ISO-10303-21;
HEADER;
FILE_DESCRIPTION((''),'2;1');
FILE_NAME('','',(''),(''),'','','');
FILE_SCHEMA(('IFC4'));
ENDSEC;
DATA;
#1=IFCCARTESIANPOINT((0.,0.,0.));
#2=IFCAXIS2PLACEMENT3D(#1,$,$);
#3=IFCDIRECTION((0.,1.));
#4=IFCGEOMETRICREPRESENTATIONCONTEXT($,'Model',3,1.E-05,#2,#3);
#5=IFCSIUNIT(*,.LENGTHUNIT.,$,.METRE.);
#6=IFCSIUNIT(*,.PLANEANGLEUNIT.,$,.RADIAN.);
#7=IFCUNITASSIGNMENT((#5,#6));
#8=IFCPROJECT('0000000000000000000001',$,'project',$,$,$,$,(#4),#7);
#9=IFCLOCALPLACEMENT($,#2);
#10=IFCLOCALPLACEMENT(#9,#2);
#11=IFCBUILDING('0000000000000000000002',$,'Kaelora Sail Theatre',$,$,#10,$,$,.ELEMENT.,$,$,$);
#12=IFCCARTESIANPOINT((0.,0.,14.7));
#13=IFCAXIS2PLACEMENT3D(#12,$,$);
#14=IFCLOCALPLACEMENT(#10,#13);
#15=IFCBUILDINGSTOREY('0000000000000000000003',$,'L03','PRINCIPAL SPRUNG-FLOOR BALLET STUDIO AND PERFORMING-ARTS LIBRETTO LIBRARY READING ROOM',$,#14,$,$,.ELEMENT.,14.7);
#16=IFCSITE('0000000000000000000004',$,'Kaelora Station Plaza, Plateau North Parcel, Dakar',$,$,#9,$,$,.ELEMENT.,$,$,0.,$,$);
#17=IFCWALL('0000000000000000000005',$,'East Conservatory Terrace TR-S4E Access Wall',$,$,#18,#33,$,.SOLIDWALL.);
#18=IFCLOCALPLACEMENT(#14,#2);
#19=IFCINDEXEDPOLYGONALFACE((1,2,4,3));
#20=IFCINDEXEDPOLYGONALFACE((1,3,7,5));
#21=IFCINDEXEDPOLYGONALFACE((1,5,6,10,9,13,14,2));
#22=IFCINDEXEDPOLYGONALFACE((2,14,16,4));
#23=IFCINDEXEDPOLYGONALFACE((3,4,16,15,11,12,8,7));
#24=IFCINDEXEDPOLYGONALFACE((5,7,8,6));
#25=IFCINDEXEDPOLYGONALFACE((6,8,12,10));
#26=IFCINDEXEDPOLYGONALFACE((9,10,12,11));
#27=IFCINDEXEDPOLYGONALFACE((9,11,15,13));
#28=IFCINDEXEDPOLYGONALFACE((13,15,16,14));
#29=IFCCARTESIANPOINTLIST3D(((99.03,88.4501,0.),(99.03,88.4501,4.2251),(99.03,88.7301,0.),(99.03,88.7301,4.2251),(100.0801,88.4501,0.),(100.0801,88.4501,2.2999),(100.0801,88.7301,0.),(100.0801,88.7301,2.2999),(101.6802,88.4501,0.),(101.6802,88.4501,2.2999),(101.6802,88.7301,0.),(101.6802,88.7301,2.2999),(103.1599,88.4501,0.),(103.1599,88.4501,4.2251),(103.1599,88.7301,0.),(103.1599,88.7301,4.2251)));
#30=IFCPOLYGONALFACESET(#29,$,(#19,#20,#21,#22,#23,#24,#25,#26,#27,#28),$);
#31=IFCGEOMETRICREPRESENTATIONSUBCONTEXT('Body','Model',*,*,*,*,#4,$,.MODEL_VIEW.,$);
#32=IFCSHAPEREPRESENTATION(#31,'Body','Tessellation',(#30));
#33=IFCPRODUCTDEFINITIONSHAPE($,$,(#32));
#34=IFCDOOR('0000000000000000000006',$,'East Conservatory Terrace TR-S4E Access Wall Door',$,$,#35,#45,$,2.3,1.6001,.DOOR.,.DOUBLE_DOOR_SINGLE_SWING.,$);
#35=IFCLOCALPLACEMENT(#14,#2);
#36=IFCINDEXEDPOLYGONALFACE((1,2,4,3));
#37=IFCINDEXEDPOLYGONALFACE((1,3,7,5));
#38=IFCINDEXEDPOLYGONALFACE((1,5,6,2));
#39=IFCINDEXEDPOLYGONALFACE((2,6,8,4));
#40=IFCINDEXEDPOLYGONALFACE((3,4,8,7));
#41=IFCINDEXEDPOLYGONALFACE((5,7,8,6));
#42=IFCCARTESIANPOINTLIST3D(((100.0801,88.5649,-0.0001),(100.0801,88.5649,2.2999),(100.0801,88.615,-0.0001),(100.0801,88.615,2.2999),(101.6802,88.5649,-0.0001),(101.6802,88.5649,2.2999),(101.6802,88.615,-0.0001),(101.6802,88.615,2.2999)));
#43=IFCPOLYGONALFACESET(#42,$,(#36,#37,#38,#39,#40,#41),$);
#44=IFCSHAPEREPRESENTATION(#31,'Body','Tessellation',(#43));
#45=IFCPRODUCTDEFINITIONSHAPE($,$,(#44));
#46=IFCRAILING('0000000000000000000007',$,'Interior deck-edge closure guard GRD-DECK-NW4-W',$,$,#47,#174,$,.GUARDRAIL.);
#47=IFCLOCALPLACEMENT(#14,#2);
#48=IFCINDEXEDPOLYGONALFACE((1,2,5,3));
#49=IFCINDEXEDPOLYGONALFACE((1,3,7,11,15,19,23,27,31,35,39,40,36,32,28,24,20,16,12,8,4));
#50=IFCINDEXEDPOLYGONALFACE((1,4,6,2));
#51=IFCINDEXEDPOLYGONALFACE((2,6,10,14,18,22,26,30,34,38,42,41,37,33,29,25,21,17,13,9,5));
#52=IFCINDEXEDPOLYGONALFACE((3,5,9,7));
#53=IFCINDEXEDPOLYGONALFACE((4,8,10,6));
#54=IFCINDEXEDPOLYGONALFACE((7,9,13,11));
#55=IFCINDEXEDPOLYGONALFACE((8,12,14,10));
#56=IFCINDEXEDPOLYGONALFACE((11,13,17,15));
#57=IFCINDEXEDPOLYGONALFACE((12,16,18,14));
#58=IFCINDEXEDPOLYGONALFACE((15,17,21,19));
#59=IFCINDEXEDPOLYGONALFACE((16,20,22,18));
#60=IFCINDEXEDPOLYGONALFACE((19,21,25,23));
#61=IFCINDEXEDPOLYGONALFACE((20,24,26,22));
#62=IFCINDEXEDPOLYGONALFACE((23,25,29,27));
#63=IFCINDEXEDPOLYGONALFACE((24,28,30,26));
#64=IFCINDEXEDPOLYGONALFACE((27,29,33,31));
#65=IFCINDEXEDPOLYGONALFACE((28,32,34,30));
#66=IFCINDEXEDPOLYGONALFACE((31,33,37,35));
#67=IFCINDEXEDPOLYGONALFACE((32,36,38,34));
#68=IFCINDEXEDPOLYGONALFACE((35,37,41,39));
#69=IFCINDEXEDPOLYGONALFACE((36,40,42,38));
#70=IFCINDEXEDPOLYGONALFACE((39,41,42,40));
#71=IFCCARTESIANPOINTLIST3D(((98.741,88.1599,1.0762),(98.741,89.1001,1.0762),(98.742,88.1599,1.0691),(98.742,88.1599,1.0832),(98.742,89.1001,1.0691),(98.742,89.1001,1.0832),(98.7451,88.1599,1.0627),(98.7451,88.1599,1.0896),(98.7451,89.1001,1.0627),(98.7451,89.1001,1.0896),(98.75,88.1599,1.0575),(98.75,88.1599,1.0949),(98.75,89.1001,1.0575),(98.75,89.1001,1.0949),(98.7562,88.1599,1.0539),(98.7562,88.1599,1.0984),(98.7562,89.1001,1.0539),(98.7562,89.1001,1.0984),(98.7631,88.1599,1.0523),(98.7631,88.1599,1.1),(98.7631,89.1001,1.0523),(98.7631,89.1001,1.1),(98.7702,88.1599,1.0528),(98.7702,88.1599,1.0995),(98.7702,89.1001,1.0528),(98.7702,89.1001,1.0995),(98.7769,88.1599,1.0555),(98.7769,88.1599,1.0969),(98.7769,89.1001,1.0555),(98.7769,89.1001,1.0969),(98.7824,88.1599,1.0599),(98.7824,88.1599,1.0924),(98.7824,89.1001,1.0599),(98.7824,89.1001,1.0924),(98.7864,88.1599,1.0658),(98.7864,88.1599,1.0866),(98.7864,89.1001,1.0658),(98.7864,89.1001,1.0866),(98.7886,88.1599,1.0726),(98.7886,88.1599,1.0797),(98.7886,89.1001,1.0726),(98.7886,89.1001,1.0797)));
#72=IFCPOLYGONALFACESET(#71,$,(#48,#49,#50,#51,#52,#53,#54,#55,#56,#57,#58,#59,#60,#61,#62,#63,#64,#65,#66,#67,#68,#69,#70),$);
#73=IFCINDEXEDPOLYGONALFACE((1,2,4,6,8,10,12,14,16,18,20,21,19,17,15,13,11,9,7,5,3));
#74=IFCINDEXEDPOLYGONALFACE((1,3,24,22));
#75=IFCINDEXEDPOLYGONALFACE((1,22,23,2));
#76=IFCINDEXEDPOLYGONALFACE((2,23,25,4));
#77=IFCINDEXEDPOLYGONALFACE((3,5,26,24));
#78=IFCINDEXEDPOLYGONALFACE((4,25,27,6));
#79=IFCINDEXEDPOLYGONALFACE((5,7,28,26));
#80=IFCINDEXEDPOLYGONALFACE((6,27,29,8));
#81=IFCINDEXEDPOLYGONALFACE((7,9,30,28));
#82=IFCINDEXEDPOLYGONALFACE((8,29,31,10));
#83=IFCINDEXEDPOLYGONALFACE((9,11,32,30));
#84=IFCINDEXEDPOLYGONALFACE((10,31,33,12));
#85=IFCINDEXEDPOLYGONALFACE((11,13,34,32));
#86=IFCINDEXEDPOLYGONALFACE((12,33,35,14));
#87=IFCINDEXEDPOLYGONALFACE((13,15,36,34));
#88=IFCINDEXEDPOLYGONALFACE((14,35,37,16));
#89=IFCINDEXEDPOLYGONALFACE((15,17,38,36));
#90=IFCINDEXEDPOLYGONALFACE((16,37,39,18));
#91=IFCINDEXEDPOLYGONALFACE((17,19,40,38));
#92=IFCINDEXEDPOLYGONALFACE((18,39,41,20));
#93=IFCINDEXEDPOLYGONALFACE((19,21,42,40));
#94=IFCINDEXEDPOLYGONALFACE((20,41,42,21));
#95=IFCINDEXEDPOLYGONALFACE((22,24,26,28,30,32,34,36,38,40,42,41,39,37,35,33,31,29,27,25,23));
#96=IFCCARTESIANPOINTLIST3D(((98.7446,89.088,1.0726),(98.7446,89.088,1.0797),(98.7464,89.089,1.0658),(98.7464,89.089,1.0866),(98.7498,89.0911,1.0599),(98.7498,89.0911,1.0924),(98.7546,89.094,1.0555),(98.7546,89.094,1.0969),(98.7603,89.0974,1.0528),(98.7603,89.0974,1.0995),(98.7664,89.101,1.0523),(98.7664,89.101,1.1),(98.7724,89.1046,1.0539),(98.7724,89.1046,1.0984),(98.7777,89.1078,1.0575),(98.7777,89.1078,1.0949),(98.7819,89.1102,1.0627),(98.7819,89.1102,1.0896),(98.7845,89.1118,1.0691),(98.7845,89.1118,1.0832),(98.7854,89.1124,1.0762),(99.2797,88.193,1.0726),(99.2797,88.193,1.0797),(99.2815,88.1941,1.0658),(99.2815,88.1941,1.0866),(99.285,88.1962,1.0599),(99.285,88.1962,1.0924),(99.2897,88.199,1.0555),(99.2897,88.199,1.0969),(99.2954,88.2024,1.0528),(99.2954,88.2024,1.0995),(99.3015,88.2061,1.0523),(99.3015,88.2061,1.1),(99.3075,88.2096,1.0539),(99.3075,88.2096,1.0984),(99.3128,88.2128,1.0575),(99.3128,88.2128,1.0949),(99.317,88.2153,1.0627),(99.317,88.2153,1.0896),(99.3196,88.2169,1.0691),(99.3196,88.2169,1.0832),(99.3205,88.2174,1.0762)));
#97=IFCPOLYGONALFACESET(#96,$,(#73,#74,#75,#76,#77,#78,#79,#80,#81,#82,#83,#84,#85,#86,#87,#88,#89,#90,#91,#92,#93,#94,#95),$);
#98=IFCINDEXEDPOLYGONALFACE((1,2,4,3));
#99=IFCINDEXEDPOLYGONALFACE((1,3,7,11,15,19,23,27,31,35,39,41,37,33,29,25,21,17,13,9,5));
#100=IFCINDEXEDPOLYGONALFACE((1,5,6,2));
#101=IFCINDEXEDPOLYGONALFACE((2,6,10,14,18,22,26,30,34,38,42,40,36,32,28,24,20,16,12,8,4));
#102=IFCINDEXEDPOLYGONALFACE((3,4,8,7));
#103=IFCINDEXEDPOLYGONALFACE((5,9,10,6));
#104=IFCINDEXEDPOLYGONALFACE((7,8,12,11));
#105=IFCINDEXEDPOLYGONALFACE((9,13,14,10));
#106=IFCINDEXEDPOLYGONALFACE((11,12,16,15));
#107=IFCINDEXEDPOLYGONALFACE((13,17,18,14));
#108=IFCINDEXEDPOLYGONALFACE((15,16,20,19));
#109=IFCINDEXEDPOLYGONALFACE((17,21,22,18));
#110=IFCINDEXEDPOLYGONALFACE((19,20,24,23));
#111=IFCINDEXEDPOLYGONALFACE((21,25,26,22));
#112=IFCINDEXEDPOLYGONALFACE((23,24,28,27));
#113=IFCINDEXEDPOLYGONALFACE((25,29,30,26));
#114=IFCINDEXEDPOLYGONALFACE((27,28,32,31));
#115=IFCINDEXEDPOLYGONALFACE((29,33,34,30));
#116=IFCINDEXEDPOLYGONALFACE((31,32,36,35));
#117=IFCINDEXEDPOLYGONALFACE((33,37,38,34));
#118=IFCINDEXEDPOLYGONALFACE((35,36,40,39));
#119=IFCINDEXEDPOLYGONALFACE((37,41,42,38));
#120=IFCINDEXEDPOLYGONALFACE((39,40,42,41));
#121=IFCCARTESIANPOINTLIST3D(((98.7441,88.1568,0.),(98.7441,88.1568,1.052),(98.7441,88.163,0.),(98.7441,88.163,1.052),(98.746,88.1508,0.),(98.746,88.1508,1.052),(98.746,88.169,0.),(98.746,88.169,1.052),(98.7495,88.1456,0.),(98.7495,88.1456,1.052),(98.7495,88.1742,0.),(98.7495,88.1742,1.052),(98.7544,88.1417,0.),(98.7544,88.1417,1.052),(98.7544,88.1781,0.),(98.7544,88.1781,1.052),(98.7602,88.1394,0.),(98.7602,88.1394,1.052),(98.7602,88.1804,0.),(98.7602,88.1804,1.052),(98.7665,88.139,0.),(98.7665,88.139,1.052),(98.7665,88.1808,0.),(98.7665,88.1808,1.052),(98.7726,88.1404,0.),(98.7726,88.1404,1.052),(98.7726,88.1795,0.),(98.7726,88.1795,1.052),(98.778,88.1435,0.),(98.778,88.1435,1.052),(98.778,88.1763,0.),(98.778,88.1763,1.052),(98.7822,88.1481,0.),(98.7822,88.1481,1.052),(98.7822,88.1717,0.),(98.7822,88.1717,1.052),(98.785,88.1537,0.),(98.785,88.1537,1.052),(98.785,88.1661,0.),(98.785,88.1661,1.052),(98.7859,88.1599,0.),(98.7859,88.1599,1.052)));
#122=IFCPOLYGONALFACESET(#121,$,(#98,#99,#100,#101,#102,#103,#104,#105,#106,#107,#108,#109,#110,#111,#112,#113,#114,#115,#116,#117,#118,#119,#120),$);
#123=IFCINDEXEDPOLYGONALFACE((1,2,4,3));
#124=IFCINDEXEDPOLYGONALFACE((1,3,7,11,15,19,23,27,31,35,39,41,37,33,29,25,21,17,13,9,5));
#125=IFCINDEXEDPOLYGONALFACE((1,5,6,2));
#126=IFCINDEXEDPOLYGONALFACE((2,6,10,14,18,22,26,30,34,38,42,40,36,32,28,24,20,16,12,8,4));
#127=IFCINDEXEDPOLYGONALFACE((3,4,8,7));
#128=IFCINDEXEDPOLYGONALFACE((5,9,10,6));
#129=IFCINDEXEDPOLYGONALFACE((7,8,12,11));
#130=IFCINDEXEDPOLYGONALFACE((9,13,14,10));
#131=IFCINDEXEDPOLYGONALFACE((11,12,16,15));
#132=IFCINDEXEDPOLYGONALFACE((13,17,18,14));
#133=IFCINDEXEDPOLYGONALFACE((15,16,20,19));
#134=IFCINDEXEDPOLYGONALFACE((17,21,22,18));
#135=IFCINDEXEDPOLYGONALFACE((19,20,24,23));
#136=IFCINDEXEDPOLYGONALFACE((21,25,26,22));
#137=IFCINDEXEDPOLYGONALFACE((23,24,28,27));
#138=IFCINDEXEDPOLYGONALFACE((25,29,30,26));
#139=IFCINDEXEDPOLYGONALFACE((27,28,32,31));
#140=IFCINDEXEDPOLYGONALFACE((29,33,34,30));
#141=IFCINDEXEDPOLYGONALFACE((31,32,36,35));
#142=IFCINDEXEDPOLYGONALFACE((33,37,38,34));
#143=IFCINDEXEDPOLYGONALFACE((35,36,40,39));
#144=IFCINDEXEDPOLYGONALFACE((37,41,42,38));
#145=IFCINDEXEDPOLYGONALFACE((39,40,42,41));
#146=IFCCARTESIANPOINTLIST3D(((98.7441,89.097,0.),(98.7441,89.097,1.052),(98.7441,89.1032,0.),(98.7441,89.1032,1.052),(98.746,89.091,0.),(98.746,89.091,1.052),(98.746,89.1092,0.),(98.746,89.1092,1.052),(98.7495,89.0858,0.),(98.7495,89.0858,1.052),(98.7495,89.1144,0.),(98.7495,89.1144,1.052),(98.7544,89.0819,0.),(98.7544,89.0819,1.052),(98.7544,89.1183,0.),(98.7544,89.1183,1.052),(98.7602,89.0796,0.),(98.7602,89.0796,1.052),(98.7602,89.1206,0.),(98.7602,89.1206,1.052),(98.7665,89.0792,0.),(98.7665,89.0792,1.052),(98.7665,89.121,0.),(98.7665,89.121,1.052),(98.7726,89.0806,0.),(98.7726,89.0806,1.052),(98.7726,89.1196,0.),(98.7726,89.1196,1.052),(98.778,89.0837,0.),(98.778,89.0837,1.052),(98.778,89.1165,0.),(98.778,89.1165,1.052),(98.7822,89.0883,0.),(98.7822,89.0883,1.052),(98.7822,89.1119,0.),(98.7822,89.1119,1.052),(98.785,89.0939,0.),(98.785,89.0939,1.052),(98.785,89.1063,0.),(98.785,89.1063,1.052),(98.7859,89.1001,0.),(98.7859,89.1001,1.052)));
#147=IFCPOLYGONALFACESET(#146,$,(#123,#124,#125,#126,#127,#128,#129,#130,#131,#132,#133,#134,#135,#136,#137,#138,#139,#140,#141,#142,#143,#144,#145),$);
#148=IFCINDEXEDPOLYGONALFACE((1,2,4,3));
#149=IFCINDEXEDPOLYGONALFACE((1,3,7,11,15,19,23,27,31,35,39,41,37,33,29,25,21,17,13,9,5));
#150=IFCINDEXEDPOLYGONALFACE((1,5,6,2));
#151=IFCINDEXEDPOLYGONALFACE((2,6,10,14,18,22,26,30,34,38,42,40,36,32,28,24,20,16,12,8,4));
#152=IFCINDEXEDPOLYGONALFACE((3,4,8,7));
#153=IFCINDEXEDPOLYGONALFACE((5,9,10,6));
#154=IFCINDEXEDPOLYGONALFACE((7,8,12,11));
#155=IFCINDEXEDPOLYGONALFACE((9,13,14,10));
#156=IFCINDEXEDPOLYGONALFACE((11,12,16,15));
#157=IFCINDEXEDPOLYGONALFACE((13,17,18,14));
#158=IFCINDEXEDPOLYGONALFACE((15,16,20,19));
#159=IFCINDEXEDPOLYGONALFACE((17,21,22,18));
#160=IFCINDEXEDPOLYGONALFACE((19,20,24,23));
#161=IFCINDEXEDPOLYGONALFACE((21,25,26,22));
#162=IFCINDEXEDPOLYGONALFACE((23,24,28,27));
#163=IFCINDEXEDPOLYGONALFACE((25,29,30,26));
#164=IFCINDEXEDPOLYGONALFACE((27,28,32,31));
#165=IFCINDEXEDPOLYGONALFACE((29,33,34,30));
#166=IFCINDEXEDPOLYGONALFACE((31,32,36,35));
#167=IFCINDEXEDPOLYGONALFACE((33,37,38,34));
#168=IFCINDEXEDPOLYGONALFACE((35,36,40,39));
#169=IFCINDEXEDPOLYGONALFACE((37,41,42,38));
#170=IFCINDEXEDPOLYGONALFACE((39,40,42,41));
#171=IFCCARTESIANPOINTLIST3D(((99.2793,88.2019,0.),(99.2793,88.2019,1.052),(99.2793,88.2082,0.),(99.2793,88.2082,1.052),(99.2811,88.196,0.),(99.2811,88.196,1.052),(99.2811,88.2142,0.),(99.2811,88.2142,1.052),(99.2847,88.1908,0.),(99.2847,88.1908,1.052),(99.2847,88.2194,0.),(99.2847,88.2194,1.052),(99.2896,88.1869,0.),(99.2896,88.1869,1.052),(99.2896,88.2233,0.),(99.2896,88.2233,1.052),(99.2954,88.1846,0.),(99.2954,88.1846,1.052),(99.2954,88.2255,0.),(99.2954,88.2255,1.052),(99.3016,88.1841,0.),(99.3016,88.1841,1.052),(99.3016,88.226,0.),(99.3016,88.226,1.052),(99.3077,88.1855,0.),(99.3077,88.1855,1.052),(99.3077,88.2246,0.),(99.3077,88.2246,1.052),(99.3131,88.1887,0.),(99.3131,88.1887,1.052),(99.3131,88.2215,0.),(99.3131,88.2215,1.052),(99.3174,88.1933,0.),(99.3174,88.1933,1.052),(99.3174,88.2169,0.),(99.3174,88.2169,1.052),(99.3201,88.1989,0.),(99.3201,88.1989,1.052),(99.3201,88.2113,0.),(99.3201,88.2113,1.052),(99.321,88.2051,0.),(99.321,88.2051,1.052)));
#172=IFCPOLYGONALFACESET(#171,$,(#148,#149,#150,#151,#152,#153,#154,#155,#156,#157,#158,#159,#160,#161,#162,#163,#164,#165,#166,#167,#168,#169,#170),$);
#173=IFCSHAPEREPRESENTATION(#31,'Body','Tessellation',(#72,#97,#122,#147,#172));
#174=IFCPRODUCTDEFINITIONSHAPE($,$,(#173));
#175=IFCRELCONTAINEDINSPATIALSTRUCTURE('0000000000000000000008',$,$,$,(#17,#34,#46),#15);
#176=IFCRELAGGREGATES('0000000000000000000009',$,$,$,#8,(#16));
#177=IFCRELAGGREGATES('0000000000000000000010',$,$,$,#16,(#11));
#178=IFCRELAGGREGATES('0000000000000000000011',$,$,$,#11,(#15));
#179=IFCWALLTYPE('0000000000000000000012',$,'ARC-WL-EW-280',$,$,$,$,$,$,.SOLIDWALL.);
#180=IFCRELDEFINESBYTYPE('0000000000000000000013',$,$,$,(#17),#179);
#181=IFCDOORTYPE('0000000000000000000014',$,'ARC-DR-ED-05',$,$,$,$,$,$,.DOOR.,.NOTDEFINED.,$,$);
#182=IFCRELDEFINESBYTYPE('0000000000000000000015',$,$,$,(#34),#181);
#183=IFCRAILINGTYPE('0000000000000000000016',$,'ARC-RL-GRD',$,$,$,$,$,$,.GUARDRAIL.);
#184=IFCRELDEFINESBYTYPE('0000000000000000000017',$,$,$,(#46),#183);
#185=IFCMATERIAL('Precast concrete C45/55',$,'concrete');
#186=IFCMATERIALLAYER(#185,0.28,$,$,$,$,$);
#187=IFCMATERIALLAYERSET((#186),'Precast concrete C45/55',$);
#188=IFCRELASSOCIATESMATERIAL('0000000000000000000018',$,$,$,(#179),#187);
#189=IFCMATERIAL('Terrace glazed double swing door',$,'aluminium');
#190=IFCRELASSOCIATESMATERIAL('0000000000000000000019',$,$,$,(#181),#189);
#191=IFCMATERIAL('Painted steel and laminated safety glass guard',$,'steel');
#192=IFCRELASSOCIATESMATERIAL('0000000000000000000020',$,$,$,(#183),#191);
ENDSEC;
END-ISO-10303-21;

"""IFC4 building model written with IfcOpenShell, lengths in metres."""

from ifc_helpers import new_model, si_unit, direction, frame, frame_2d, origin, origin_2d, place, context, subcontext, project, spatial, rectangle, circle, extrude, material, layer, layer_set, type_object, element, fill, save


model = new_model("IFC4")

# Units and contexts
model_context = context("Model", 3, precision=1e-05, world=origin(), true_north=direction((0.0, 1.0)))
body_context = subcontext(model_context, "Body", "Model", "MODEL_VIEW")
ifc_project = project(units=[si_unit("LENGTHUNIT", "METRE"), si_unit("PLANEANGLEUNIT", "RADIAN")], contexts=[model_context])

# Site, building, storey
site_placement = place(None, origin())
site = spatial("IfcSite", under=ifc_project, at=site_placement, Name="Kaelora Station Plaza, Plateau North Parcel, Dakar", CompositionType="ELEMENT", RefElevation=0.0)
building_placement = place(site_placement, origin())
building = spatial("IfcBuilding", under=site, at=building_placement, Name="Kaelora Sail Theatre", CompositionType="ELEMENT")
storey_placement = place(building_placement, frame((0.0, 0.0, 14.7)))
storey = spatial("IfcBuildingStorey", under=building, at=storey_placement, Name="L03", Description="PRINCIPAL SPRUNG-FLOOR BALLET STUDIO AND PERFORMING-ARTS LIBRETTO LIBRARY READING ROOM", CompositionType="ELEMENT", Elevation=14.7)

# Wall, opening, door
ifc_material_1 = material(Name="Precast concrete C45/55", Category="concrete")
ifc_layer_1 = layer(ifc_material_1, 0.28)
ifc_layer_set_1 = layer_set([ifc_layer_1], Name="Precast concrete C45/55")
wall_type = type_object("IfcWallType", Name="ARC-WL-EW-280", PredefinedType="SOLIDWALL", material=ifc_layer_set_1)
wall_placement = place(storey_placement, frame((99.03, 88.5901, 0.0), z_axis=(0.0, 0.0, 1.0), x_axis=(1.0, 0.0, 0.0)))
wall = element("IfcWall", 1, at=wall_placement, inside=storey, type_object=wall_type, Name="East Conservatory Terrace TR-S4E Access Wall", PredefinedType="SOLIDWALL", context=body_context, shape_type="SweptSolid", body=[
    extrude(rectangle(XDim=4.1299, YDim=0.28, at=frame_2d((2.0649, 0.0))), origin(), (0.0, 0.0, 1.0), 4.2251),
])
opening_placement = place(wall_placement, frame((1.05, 0.0, 0.0)))
opening = element("IfcOpeningElement", 2, at=opening_placement, cuts=wall, PredefinedType="OPENING", context=body_context, shape_type="SweptSolid", body=[
    extrude(rectangle(XDim=1.6001, YDim=2.3, at=frame_2d((0.8, 1.1499))), frame((0.0, 0.1501, 0.0), z_axis=(0.0, -1.0, 0.0), x_axis=(1.0, 0.0, 0.0)), (0.0, 0.0, 1.0), 0.3),
])
ifc_material_2 = material(Name="Terrace glazed double swing door", Category="aluminium")
door_type = type_object("IfcDoorType", Name="ARC-DR-ED-05", OperationType="NOTDEFINED", PredefinedType="DOOR", material=ifc_material_2)
door_placement = place(opening_placement, origin())
door = element("IfcDoor", 3, at=door_placement, inside=storey, type_object=door_type, Name="East Conservatory Terrace TR-S4E Access Wall Door", OperationType="DOUBLE_DOOR_SINGLE_SWING", OverallHeight=2.3, OverallWidth=1.6001, PredefinedType="DOOR", context=body_context, shape_type="SweptSolid", body=[
    extrude(rectangle(XDim=1.6001, YDim=2.3, at=frame_2d((0.8, 1.1499))), frame((0.0, 0.0249, 0.0), z_axis=(0.0, -1.0, 0.0), x_axis=(1.0, 0.0, 0.0)), (0.0, 0.0, 1.0), 0.05),
])
fill(opening, door)

# Railing
ifc_material_3 = material(Name="Painted steel and laminated safety glass guard", Category="steel")
railing_type_1 = type_object("IfcRailingType", Name="ARC-RL-GRD", PredefinedType="GUARDRAIL", material=ifc_material_3)
railing_1_placement = place(storey_placement, frame((98.7649, 88.1599, 0.0)))
element("IfcRailing", 4, at=railing_1_placement, inside=storey, type_object=railing_type_1, Name="Interior deck-edge closure guard GRD-DECK-NW4-W", PredefinedType="GUARDRAIL", context=body_context, shape_type="SweptSolid", body=[
    extrude(circle(Radius=0.0239, at=origin_2d()), frame((0.0, 0.0, 1.0762), z_axis=(0.0, 1.0, 0.0), x_axis=(-1.0, 0.0, 0.0)), (0.0, 0.0, 1.0), 0.9402),
    extrude(circle(Radius=0.0239, at=origin_2d()), frame((0.0, 0.9402, 1.0762), z_axis=(0.513187, -0.858277, 0.0), x_axis=(0.858277, 0.513187, 0.0)), (0.0, 0.0, 1.0), 1.0427),
    extrude(circle(Radius=0.021, at=origin_2d()), origin(), (0.0, 0.0, 1.0), 1.052),
    extrude(circle(Radius=0.021, at=origin_2d()), frame((0.0, 0.9402, 0.0)), (0.0, 0.0, 1.0), 1.052),
    extrude(circle(Radius=0.021, at=origin_2d()), frame((0.5352, 0.0452, 0.0)), (0.0, 0.0, 1.0), 1.052),
])

save(model, "model.ifc")
